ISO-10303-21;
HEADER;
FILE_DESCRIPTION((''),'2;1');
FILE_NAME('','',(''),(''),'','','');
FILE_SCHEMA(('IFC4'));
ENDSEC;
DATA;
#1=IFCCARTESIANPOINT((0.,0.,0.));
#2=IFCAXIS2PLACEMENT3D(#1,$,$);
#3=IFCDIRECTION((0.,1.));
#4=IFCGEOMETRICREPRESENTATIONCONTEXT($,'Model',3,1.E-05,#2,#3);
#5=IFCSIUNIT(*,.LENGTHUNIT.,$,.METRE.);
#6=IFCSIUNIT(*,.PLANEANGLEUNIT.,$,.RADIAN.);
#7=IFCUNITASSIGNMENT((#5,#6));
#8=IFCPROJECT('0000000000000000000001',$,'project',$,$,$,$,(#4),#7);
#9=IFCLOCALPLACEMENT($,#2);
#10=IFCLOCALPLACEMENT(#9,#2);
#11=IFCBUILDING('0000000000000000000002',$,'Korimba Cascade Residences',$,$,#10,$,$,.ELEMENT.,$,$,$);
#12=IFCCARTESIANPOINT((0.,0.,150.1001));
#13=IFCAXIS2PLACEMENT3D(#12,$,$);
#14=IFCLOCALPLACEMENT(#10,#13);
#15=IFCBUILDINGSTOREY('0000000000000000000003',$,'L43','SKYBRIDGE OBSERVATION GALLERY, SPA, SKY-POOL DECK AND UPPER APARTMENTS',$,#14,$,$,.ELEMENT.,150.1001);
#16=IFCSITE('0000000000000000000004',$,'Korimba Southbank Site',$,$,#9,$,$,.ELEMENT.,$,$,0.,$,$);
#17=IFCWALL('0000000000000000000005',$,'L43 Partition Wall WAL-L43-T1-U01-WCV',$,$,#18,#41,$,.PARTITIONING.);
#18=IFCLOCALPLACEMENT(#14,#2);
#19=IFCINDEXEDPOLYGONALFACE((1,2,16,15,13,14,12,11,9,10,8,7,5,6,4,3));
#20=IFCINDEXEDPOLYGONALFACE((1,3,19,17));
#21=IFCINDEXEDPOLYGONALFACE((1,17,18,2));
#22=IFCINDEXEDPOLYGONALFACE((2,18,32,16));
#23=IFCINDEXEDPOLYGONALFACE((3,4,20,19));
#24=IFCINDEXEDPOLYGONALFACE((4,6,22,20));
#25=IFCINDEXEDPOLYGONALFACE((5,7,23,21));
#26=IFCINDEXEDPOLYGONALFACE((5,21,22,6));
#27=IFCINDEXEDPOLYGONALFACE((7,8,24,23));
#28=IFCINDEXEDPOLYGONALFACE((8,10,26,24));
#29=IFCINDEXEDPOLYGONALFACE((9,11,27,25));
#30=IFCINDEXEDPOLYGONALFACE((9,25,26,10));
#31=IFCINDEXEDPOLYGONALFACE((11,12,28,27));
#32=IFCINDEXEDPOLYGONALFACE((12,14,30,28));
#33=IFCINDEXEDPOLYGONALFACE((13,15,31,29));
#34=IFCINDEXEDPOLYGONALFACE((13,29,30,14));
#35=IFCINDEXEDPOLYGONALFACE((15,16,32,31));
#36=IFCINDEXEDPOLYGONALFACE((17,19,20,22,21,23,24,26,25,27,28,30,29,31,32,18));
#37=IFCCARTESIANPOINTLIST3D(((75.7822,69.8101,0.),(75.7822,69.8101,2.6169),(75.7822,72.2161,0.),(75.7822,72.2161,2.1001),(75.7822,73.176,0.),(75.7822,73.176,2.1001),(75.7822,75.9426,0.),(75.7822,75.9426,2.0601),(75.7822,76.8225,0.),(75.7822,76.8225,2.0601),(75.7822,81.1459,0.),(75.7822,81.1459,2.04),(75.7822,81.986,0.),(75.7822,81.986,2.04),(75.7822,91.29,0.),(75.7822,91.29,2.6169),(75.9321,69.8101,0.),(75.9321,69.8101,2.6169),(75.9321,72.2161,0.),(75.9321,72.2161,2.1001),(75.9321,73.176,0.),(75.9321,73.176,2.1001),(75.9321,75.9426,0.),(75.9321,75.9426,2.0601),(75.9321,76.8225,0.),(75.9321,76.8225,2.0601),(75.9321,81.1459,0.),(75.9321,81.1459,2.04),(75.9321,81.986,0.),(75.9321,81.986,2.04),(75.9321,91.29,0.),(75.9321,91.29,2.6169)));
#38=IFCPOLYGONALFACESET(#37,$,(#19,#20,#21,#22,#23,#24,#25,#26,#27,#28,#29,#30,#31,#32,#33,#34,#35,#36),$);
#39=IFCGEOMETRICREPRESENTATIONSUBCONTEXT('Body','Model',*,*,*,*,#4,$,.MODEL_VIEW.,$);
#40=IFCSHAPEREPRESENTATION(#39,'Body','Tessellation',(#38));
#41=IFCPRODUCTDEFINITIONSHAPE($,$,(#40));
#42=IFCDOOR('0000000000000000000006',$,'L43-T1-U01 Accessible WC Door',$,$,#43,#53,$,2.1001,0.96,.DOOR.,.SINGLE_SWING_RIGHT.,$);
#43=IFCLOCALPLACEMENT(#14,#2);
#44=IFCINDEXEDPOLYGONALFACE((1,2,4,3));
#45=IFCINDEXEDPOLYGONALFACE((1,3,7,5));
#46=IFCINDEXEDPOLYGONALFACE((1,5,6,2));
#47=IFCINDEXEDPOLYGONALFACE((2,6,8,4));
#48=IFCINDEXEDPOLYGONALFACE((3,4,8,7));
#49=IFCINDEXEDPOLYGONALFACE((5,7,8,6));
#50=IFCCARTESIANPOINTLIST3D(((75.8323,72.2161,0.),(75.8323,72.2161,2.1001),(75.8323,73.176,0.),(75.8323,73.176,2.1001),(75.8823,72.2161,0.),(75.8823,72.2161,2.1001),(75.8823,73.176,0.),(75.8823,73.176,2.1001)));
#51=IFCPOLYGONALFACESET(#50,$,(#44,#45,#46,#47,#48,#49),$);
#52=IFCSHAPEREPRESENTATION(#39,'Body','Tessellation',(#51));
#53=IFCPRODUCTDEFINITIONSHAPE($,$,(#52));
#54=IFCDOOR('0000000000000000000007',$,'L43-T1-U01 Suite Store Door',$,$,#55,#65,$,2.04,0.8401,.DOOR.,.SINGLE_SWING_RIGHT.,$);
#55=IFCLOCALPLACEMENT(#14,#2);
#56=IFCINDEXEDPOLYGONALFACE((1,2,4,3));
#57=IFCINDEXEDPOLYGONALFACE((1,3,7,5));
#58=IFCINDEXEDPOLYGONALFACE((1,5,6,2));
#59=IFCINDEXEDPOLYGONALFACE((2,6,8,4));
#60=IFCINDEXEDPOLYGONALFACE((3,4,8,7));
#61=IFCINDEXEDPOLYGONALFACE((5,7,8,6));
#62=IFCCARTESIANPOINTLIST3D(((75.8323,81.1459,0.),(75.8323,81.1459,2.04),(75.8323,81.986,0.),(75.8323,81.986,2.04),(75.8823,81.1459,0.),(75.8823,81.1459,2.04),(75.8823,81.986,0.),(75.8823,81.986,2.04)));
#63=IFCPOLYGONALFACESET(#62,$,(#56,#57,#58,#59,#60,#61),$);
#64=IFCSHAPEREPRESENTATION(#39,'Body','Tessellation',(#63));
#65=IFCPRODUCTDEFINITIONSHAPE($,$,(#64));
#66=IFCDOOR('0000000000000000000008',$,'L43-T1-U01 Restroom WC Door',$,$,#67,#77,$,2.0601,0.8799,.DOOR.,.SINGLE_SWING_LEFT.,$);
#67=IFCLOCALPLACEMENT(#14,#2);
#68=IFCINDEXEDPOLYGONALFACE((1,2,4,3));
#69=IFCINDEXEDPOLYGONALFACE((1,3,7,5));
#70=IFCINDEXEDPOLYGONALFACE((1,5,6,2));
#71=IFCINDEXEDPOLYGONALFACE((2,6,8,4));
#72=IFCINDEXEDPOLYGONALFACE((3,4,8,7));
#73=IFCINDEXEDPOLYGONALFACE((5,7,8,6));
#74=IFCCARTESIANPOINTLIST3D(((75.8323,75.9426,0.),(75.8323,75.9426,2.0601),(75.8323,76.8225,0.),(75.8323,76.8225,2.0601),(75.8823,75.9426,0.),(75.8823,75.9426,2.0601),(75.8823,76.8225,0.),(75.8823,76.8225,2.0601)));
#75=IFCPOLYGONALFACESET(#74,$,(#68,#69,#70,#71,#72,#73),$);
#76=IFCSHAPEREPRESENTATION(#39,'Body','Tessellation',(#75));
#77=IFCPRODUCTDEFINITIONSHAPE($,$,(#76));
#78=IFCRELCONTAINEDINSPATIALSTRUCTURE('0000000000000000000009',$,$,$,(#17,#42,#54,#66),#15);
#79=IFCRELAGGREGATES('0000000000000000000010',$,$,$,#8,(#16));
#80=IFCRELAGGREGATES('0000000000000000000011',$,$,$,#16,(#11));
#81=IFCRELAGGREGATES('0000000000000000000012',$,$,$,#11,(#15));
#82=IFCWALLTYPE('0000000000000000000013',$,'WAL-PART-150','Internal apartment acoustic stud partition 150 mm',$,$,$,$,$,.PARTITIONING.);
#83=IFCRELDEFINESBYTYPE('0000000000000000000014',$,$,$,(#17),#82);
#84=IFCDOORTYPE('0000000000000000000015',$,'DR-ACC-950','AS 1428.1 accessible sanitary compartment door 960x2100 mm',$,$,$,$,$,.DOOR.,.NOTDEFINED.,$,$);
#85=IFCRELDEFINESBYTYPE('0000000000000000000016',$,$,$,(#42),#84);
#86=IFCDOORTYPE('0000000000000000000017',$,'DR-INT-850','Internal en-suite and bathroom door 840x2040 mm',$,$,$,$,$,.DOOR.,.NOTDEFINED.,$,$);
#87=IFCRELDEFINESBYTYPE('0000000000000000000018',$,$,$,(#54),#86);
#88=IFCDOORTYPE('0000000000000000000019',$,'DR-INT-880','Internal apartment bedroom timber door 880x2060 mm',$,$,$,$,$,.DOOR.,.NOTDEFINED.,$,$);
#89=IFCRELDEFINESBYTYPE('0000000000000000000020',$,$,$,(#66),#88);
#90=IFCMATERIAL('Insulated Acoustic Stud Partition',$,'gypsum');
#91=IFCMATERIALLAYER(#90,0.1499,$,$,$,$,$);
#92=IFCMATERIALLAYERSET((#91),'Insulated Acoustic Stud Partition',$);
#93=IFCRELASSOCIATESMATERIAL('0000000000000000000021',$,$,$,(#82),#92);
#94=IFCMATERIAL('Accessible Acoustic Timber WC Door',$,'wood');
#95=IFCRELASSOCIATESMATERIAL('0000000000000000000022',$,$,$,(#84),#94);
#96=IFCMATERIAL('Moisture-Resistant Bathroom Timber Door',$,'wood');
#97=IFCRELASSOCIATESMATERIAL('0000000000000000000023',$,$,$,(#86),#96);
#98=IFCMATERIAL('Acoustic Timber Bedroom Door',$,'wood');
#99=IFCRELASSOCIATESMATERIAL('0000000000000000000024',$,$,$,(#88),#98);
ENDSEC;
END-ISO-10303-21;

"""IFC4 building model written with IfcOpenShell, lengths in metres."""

from ifc_helpers import new_model, si_unit, direction, frame, frame_2d, origin, place, context, subcontext, project, spatial, rectangle, extrude, material, layer, layer_set, type_object, element, fill, save


model = new_model("IFC4")

# Units and contexts
model_context = context("Model", 3, precision=1e-05, world=origin(), true_north=direction((0.0, 1.0)))
body_context = subcontext(model_context, "Body", "Model", "MODEL_VIEW")
ifc_project = project(units=[si_unit("LENGTHUNIT", "METRE"), si_unit("PLANEANGLEUNIT", "RADIAN")], contexts=[model_context])

# Site, building, storey
site_placement = place(None, origin())
site = spatial("IfcSite", under=ifc_project, at=site_placement, Name="Korimba Southbank Site", CompositionType="ELEMENT", RefElevation=0.0)
building_placement = place(site_placement, origin())
building = spatial("IfcBuilding", under=site, at=building_placement, Name="Korimba Cascade Residences", CompositionType="ELEMENT")
storey_placement = place(building_placement, frame((0.0, 0.0, 150.1001)))
storey = spatial("IfcBuildingStorey", under=building, at=storey_placement, Name="L43", Description="SKYBRIDGE OBSERVATION GALLERY, SPA, SKY-POOL DECK AND UPPER APARTMENTS", CompositionType="ELEMENT", Elevation=150.1001)

# Shared definitions
ifc_material_1 = material(Name="Insulated Acoustic Stud Partition", Category="gypsum")
ifc_layer_1 = layer(ifc_material_1, 0.1499)
ifc_layer_set_1 = layer_set([ifc_layer_1], Name="Insulated Acoustic Stud Partition")
wall_type_1 = type_object("IfcWallType", Name="WAL-PART-150", Description="Internal apartment acoustic stud partition 150 mm", PredefinedType="PARTITIONING", material=ifc_layer_set_1)

# Wall, openings, doors
wall_1_placement = place(storey_placement, frame((75.8572, 69.8101, 0.0), z_axis=(0.0, 0.0, 1.0), x_axis=(0.0, 1.0, 0.0)))
wall_1 = element("IfcWall", 1, at=wall_1_placement, inside=storey, type_object=wall_type_1, Name="L43 Partition Wall WAL-L43-T1-U01-WCV", PredefinedType="PARTITIONING", context=body_context, shape_type="SweptSolid", body=[
    extrude(rectangle(XDim=21.48, YDim=0.1499, at=frame_2d((10.74, 0.0))), origin(), (0.0, 0.0, 1.0), 2.6169),
])
opening_1_placement = place(wall_1_placement, frame((2.406, 0.0, 0.0)))
opening_1 = element("IfcOpeningElement", 2, at=opening_1_placement, cuts=wall_1, PredefinedType="OPENING", context=body_context, shape_type="SweptSolid", body=[
    extrude(rectangle(XDim=0.96, YDim=2.1001, at=frame_2d((0.48, 1.05))), frame((0.0, 0.085, 0.0), z_axis=(0.0, -1.0, 0.0), x_axis=(1.0, 0.0, 0.0)), (0.0, 0.0, 1.0), 0.1699),
])
opening_2_placement = place(wall_1_placement, frame((6.1326, 0.0, 0.0)))
opening_2 = element("IfcOpeningElement", 3, at=opening_2_placement, cuts=wall_1, PredefinedType="OPENING", context=body_context, shape_type="SweptSolid", body=[
    extrude(rectangle(XDim=0.8799, YDim=2.0601, at=frame_2d((0.4399, 1.03))), frame((0.0, 0.085, 0.0), z_axis=(0.0, -1.0, 0.0), x_axis=(1.0, 0.0, 0.0)), (0.0, 0.0, 1.0), 0.1699),
])
opening_3_placement = place(wall_1_placement, frame((11.3359, 0.0, 0.0)))
opening_3 = element("IfcOpeningElement", 4, at=opening_3_placement, cuts=wall_1, PredefinedType="OPENING", context=body_context, shape_type="SweptSolid", body=[
    extrude(rectangle(XDim=0.8401, YDim=2.04, at=frame_2d((0.4199, 1.02))), frame((0.0, 0.085, 0.0), z_axis=(0.0, -1.0, 0.0), x_axis=(1.0, 0.0, 0.0)), (0.0, 0.0, 1.0), 0.1699),
])
ifc_material_2 = material(Name="Accessible Acoustic Timber WC Door", Category="wood")
door_type_1 = type_object("IfcDoorType", Name="DR-ACC-950", Description="AS 1428.1 accessible sanitary compartment door 960x2100 mm", OperationType="NOTDEFINED", PredefinedType="DOOR", material=ifc_material_2)
door_1_placement = place(opening_1_placement, origin())
door_1 = element("IfcDoor", 5, at=door_1_placement, inside=storey, type_object=door_type_1, Name="L43-T1-U01 Accessible WC Door", OperationType="SINGLE_SWING_RIGHT", OverallHeight=2.1001, OverallWidth=0.96, PredefinedType="DOOR", context=body_context, shape_type="SweptSolid", body=[
    extrude(rectangle(XDim=0.96, YDim=2.1001, at=frame_2d((0.48, 1.05))), frame((0.0, 0.0249, 0.0), z_axis=(0.0, -1.0, 0.0), x_axis=(1.0, 0.0, 0.0)), (0.0, 0.0, 1.0), 0.05),
])
fill(opening_1, door_1)
ifc_material_3 = material(Name="Moisture-Resistant Bathroom Timber Door", Category="wood")
door_type_2 = type_object("IfcDoorType", Name="DR-INT-850", Description="Internal en-suite and bathroom door 840x2040 mm", OperationType="NOTDEFINED", PredefinedType="DOOR", material=ifc_material_3)
door_2_placement = place(opening_3_placement, origin())
door_2 = element("IfcDoor", 6, at=door_2_placement, inside=storey, type_object=door_type_2, Name="L43-T1-U01 Suite Store Door", OperationType="SINGLE_SWING_RIGHT", OverallHeight=2.04, OverallWidth=0.8401, PredefinedType="DOOR", context=body_context, shape_type="SweptSolid", body=[
    extrude(rectangle(XDim=0.8401, YDim=2.04, at=frame_2d((0.4199, 1.02))), frame((0.0, 0.0249, 0.0), z_axis=(0.0, -1.0, 0.0), x_axis=(1.0, 0.0, 0.0)), (0.0, 0.0, 1.0), 0.05),
])
fill(opening_3, door_2)
ifc_material_4 = material(Name="Acoustic Timber Bedroom Door", Category="wood")
door_type_3 = type_object("IfcDoorType", Name="DR-INT-880", Description="Internal apartment bedroom timber door 880x2060 mm", OperationType="NOTDEFINED", PredefinedType="DOOR", material=ifc_material_4)
door_3_placement = place(opening_2_placement, origin())
door_3 = element("IfcDoor", 7, at=door_3_placement, inside=storey, type_object=door_type_3, Name="L43-T1-U01 Restroom WC Door", OperationType="SINGLE_SWING_LEFT", OverallHeight=2.0601, OverallWidth=0.8799, PredefinedType="DOOR", context=body_context, shape_type="SweptSolid", body=[
    extrude(rectangle(XDim=0.8799, YDim=2.0601, at=frame_2d((0.4399, 1.03))), frame((0.0, 0.0249, 0.0), z_axis=(0.0, -1.0, 0.0), x_axis=(1.0, 0.0, 0.0)), (0.0, 0.0, 1.0), 0.05),
])
fill(opening_2, door_3)

save(model, "model.ifc")
